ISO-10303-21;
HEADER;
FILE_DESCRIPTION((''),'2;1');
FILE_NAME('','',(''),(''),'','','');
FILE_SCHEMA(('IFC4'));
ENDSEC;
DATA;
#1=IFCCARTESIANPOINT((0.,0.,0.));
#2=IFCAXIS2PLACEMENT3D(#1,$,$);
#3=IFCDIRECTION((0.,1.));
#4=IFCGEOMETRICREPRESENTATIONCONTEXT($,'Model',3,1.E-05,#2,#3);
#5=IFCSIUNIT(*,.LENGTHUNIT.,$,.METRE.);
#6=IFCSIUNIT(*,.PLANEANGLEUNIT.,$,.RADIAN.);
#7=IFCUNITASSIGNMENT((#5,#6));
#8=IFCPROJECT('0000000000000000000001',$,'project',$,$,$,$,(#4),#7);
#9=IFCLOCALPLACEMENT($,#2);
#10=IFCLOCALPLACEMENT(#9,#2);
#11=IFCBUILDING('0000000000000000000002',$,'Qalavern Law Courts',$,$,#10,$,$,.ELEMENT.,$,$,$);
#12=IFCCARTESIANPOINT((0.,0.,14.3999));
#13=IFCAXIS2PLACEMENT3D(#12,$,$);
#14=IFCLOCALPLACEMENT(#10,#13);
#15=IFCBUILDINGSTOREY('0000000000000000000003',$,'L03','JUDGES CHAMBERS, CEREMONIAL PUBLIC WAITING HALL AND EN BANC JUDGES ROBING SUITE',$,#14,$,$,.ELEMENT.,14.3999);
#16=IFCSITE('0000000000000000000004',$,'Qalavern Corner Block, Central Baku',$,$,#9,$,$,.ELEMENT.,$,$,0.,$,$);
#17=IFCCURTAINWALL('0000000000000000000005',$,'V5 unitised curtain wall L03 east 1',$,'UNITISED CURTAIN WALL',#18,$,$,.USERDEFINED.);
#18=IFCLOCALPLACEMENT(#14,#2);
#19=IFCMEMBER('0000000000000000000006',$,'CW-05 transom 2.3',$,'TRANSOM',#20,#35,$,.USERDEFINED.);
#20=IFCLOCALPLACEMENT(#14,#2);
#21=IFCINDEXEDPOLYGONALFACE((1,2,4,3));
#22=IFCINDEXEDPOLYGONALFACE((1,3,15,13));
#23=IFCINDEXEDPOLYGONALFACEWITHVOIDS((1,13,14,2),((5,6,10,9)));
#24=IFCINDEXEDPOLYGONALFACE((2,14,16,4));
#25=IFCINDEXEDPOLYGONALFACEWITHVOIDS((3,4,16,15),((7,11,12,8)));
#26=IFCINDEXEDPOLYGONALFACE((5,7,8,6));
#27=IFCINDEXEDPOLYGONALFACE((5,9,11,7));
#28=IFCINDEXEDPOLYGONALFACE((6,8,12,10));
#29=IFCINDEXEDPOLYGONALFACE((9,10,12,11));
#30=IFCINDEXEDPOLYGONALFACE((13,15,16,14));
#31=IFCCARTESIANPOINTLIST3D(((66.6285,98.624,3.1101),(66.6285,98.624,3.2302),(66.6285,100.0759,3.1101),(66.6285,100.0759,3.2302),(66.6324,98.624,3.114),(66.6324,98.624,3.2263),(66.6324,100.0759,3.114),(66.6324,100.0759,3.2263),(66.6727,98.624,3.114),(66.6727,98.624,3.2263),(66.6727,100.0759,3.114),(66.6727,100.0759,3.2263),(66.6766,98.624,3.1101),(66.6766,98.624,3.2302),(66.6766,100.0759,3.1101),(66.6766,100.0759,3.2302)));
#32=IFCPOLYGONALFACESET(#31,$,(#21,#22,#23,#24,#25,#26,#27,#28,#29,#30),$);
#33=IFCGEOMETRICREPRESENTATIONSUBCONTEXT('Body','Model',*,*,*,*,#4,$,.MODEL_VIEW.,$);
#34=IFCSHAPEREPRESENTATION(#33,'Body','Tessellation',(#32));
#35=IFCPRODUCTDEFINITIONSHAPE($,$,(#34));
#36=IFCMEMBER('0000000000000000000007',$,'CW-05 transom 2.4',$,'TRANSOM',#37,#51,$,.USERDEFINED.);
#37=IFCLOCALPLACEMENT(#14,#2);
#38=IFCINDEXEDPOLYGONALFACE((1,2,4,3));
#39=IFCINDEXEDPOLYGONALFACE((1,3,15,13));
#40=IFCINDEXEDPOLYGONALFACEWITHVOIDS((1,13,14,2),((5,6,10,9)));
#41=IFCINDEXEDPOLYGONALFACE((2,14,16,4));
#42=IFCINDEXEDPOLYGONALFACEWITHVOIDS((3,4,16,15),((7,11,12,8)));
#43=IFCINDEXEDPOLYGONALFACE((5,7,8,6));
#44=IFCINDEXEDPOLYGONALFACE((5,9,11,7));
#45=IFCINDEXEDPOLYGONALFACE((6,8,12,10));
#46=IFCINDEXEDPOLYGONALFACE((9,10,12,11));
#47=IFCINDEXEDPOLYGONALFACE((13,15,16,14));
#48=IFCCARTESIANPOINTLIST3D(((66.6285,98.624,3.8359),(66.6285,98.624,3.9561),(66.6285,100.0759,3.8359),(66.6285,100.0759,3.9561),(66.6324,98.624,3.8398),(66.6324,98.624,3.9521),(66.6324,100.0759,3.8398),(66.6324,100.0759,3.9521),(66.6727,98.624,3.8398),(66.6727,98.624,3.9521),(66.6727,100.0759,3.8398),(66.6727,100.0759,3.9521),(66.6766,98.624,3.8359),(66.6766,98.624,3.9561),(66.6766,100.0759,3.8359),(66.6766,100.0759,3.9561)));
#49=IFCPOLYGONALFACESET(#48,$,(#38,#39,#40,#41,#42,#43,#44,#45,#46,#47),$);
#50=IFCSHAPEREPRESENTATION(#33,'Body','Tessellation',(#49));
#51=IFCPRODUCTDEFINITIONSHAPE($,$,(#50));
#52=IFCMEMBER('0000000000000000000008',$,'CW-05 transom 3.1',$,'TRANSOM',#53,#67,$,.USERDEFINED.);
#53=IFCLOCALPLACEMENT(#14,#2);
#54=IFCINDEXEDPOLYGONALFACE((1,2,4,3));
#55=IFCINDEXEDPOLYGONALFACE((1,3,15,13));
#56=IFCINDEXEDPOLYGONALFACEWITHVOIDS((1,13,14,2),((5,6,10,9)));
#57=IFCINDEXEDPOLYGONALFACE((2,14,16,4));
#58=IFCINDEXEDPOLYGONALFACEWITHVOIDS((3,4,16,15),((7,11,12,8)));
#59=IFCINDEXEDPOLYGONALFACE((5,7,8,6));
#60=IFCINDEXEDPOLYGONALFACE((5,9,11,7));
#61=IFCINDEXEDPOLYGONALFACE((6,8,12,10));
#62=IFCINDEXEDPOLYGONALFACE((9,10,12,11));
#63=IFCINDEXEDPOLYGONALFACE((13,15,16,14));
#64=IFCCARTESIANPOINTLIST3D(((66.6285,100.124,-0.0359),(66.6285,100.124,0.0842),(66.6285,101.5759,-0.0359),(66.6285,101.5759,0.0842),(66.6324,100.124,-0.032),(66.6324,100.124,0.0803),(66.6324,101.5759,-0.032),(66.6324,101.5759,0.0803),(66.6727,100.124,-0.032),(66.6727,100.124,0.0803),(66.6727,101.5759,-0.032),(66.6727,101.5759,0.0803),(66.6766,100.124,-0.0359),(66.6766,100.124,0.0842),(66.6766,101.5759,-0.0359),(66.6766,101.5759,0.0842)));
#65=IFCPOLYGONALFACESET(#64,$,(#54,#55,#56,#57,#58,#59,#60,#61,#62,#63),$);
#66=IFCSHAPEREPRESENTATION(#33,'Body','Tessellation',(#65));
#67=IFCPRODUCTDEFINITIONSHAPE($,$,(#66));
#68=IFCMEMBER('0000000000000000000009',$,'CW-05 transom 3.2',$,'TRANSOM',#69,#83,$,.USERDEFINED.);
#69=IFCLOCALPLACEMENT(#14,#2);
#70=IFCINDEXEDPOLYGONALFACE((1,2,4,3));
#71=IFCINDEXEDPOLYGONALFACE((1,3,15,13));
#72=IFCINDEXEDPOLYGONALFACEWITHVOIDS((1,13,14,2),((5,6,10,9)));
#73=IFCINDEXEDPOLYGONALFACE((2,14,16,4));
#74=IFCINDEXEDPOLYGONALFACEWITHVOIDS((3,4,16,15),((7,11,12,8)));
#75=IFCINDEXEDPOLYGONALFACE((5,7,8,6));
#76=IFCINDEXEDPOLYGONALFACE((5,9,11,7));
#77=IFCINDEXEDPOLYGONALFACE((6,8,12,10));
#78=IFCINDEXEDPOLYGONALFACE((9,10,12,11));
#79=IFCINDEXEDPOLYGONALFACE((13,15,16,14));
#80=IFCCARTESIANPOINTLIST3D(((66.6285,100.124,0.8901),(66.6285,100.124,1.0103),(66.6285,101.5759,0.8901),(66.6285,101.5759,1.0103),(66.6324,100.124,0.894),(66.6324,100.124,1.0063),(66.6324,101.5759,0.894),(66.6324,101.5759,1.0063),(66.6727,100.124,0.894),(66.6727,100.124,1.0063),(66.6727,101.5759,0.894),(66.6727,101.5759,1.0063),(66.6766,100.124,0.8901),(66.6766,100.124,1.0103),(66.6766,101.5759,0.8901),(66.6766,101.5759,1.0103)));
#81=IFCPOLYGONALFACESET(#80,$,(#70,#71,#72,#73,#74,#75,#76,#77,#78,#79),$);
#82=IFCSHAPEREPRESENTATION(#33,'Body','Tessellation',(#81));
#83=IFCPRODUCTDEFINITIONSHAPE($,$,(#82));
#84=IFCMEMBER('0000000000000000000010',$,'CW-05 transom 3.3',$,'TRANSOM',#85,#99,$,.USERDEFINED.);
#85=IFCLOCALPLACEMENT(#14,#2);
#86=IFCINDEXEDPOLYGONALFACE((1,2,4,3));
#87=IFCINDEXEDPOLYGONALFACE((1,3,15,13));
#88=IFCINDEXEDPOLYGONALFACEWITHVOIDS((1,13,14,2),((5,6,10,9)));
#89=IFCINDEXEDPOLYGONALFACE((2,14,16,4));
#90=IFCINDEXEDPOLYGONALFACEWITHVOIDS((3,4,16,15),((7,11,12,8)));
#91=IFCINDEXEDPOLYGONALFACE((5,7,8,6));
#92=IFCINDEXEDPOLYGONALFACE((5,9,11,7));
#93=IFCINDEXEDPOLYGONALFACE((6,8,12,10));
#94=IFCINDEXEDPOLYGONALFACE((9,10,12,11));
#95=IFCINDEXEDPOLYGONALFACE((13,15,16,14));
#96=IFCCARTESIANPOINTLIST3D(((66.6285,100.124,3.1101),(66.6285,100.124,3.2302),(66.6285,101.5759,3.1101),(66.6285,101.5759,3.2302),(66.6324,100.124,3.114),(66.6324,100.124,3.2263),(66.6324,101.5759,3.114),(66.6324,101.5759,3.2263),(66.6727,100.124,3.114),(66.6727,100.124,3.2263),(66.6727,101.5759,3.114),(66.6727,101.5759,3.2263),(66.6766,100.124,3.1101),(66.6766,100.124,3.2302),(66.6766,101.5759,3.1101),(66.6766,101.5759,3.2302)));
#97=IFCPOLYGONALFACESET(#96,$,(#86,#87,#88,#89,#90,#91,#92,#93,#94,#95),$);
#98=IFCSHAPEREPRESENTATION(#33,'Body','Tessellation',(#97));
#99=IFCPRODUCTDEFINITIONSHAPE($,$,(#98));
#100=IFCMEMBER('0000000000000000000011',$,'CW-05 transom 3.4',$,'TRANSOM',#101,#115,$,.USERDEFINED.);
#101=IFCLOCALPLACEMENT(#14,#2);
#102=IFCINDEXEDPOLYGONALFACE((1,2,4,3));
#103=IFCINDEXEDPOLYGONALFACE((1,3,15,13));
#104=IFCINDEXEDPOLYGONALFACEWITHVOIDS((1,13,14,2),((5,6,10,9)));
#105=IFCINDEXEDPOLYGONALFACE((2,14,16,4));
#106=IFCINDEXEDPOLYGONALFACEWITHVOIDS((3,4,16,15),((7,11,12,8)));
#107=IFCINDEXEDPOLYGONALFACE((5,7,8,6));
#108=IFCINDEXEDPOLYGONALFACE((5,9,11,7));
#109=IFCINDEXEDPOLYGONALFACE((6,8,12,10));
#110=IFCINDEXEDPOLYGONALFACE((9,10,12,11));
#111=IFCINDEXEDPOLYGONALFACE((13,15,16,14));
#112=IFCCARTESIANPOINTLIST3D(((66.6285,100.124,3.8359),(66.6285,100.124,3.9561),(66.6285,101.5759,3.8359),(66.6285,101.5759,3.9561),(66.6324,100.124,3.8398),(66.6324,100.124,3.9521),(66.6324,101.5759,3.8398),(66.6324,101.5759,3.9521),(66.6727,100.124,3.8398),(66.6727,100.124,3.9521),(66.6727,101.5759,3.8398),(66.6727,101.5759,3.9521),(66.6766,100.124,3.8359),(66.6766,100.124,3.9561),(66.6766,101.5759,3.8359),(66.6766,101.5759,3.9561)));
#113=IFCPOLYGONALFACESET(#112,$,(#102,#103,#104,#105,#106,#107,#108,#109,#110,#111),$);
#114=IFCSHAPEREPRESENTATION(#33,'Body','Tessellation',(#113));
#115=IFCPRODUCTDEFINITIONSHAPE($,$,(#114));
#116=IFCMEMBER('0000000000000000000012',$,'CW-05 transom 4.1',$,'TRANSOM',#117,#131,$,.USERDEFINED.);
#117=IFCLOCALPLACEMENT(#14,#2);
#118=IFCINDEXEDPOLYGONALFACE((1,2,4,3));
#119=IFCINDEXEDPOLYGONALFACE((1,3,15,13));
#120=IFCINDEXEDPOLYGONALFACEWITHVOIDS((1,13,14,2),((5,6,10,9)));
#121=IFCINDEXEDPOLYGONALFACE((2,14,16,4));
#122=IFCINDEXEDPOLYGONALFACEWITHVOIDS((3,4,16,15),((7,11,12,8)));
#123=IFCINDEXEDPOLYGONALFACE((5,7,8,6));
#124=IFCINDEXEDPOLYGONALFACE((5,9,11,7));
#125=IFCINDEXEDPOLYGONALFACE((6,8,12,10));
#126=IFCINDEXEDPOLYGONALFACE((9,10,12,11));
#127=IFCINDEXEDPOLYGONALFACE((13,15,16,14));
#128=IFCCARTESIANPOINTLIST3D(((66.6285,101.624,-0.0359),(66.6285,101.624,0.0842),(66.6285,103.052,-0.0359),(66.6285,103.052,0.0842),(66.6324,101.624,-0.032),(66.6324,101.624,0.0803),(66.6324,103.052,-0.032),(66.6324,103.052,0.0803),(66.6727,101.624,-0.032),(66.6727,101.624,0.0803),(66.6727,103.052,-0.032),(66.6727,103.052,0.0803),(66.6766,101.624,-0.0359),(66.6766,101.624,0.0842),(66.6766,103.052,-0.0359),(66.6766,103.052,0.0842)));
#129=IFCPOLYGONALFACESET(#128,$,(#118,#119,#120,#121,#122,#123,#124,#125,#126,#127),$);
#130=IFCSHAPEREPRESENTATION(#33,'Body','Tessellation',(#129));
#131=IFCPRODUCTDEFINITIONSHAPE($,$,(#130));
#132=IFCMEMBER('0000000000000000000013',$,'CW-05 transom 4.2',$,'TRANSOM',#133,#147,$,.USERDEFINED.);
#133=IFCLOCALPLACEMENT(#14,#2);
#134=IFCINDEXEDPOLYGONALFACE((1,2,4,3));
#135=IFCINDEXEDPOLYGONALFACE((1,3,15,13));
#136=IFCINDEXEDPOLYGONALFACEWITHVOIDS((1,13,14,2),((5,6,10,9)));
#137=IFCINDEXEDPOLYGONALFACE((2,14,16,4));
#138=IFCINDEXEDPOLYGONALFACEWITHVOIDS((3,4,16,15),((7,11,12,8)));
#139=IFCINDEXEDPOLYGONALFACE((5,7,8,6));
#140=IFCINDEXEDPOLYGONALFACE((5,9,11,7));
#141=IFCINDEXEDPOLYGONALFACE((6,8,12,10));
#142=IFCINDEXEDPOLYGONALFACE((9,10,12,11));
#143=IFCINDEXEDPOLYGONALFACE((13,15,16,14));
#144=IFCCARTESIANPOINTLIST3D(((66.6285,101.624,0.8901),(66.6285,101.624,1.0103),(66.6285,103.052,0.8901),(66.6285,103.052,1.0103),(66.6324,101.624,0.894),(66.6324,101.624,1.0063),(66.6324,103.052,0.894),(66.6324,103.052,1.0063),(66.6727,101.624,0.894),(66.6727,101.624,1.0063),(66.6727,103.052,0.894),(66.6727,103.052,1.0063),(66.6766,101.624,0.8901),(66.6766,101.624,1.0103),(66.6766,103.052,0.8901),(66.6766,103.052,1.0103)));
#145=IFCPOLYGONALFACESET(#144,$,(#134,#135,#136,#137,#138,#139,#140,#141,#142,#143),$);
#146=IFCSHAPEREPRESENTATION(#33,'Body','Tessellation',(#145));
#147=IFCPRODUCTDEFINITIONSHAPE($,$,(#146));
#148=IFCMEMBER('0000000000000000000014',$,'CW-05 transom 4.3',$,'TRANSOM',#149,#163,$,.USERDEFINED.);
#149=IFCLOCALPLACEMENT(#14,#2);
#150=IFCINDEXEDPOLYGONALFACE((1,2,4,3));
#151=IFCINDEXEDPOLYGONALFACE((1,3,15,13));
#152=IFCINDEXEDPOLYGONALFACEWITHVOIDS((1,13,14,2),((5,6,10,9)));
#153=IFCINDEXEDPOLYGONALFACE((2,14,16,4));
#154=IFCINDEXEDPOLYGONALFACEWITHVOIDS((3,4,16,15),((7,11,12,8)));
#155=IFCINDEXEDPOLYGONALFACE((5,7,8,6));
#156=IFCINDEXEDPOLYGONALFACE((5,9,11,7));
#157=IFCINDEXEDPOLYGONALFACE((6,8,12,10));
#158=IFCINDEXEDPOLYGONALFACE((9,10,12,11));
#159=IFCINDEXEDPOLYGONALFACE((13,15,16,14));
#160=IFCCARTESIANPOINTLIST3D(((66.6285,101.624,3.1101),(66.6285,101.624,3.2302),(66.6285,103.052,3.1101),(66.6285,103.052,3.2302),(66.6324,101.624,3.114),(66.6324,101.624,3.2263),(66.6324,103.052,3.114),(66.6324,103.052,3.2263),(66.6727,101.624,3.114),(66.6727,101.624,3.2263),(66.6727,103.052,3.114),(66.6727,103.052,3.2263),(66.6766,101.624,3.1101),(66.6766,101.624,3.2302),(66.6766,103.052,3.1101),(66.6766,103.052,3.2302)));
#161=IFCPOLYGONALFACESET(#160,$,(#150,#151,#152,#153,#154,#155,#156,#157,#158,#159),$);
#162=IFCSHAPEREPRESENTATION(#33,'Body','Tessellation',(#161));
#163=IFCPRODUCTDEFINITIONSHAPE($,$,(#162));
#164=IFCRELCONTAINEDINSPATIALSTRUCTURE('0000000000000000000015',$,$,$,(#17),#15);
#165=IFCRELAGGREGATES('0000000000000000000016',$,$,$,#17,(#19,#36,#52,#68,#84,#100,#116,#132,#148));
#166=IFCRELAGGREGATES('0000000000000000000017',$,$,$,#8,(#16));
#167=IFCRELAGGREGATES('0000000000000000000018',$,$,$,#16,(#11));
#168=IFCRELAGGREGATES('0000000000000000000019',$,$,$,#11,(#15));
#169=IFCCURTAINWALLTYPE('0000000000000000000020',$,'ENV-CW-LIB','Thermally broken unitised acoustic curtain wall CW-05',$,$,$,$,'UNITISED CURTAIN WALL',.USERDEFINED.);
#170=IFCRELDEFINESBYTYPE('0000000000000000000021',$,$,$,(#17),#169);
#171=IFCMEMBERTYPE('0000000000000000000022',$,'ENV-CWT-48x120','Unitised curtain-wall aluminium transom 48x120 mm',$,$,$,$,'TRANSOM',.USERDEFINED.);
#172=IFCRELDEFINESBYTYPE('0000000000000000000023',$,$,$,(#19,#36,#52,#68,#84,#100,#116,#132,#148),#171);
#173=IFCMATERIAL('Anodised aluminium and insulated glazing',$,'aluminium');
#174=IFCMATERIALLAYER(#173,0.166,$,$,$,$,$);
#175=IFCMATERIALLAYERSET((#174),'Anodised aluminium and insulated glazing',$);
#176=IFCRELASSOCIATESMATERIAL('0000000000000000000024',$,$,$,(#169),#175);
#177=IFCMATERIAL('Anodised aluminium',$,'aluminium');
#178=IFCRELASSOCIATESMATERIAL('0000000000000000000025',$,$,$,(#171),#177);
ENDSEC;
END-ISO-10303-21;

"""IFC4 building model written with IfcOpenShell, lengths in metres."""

from ifc_helpers import new_model, si_unit, direction, frame, origin, origin_2d, place, context, subcontext, project, spatial, hollow_rectangle, extrude, material, layer, layer_set, material_profile, profile_set, type_object, element, aggregate, save


model = new_model("IFC4")

# Units and contexts
model_context = context("Model", 3, precision=1e-05, world=origin(), true_north=direction((0.0, 1.0)))
body_context = subcontext(model_context, "Body", "Model", "MODEL_VIEW")
ifc_project = project(units=[si_unit("LENGTHUNIT", "METRE"), si_unit("PLANEANGLEUNIT", "RADIAN")], contexts=[model_context])

# Site, building, storey
site_placement = place(None, origin())
site = spatial("IfcSite", under=ifc_project, at=site_placement, Name="Qalavern Corner Block, Central Baku", CompositionType="ELEMENT", RefElevation=0.0)
building_placement = place(site_placement, origin())
building = spatial("IfcBuilding", under=site, at=building_placement, Name="Qalavern Law Courts", CompositionType="ELEMENT")
storey_placement = place(building_placement, frame((0.0, 0.0, 14.3999)))
storey = spatial("IfcBuildingStorey", under=building, at=storey_placement, Name="L03", Description="JUDGES CHAMBERS, CEREMONIAL PUBLIC WAITING HALL AND EN BANC JUDGES ROBING SUITE", CompositionType="ELEMENT", Elevation=14.3999)

# Curtain wall, members
ifc_material_1 = material(Name="Anodised aluminium and insulated glazing", Category="aluminium")
ifc_layer_1 = layer(ifc_material_1, 0.166)
ifc_layer_set_1 = layer_set([ifc_layer_1], Name="Anodised aluminium and insulated glazing")
curtain_wall_type = type_object("IfcCurtainWallType", Name="ENV-CW-LIB", Description="Thermally broken unitised acoustic curtain wall CW-05", ElementType="UNITISED CURTAIN WALL", PredefinedType="USERDEFINED", material=ifc_layer_set_1)
curtain_wall_placement = place(storey_placement, origin())
curtain_wall = element("IfcCurtainWall", 1, at=curtain_wall_placement, inside=storey, type_object=curtain_wall_type, Name="V5 unitised curtain wall L03 east 1", ObjectType="UNITISED CURTAIN WALL", PredefinedType="USERDEFINED")
ifc_material_2 = material(Name="Anodised aluminium", Category="aluminium")
ifc_material_profile_1 = material_profile(ifc_material_2, hollow_rectangle(XDim=0.0481, YDim=0.1201, WallThickness=0.0039, at=origin_2d()), Name="ALU TRANSOM 48x120")
ifc_profile_set_1 = profile_set([ifc_material_profile_1], Name="Anodised aluminium")
member_type_1 = type_object("IfcMemberType", Name="ENV-CWT-48x120", Description="Unitised curtain-wall aluminium transom 48x120 mm", ElementType="TRANSOM", PredefinedType="USERDEFINED", material=ifc_profile_set_1)
member_1_placement = place(storey_placement, frame((66.6526, 98.624, 3.1702), z_axis=(0.0, 1.0, 0.0), x_axis=(-1.0, 0.0, 0.0)))
member_1 = element("IfcMember", 2, at=member_1_placement, type_object=member_type_1, Name="CW-05 transom 2.3", ObjectType="TRANSOM", PredefinedType="USERDEFINED", context=body_context, shape_type="SweptSolid", body=[
    extrude(hollow_rectangle(XDim=0.0481, YDim=0.1201, WallThickness=0.0039, at=origin_2d()), origin(), (0.0, 0.0, 1.0), 1.4519),
])
member_2_placement = place(storey_placement, frame((66.6526, 98.624, 3.896), z_axis=(0.0, 1.0, 0.0), x_axis=(-1.0, 0.0, 0.0)))
member_2 = element("IfcMember", 3, at=member_2_placement, type_object=member_type_1, Name="CW-05 transom 2.4", ObjectType="TRANSOM", PredefinedType="USERDEFINED", context=body_context, shape_type="SweptSolid", body=[
    extrude(hollow_rectangle(XDim=0.0481, YDim=0.1201, WallThickness=0.0039, at=origin_2d()), origin(), (0.0, 0.0, 1.0), 1.4519),
])
member_3_placement = place(storey_placement, frame((66.6526, 100.124, 0.0242), z_axis=(0.0, 1.0, 0.0), x_axis=(-1.0, 0.0, 0.0)))
member_3 = element("IfcMember", 4, at=member_3_placement, type_object=member_type_1, Name="CW-05 transom 3.1", ObjectType="TRANSOM", PredefinedType="USERDEFINED", context=body_context, shape_type="SweptSolid", body=[
    extrude(hollow_rectangle(XDim=0.0481, YDim=0.1201, WallThickness=0.0039, at=origin_2d()), origin(), (0.0, 0.0, 1.0), 1.4519),
])
member_4_placement = place(storey_placement, frame((66.6526, 100.124, 0.9502), z_axis=(0.0, 1.0, 0.0), x_axis=(-1.0, 0.0, 0.0)))
member_4 = element("IfcMember", 5, at=member_4_placement, type_object=member_type_1, Name="CW-05 transom 3.2", ObjectType="TRANSOM", PredefinedType="USERDEFINED", context=body_context, shape_type="SweptSolid", body=[
    extrude(hollow_rectangle(XDim=0.0481, YDim=0.1201, WallThickness=0.0039, at=origin_2d()), origin(), (0.0, 0.0, 1.0), 1.4519),
])
member_5_placement = place(storey_placement, frame((66.6526, 100.124, 3.1702), z_axis=(0.0, 1.0, 0.0), x_axis=(-1.0, 0.0, 0.0)))
member_5 = element("IfcMember", 6, at=member_5_placement, type_object=member_type_1, Name="CW-05 transom 3.3", ObjectType="TRANSOM", PredefinedType="USERDEFINED", context=body_context, shape_type="SweptSolid", body=[
    extrude(hollow_rectangle(XDim=0.0481, YDim=0.1201, WallThickness=0.0039, at=origin_2d()), origin(), (0.0, 0.0, 1.0), 1.4519),
])
member_6_placement = place(storey_placement, frame((66.6526, 100.124, 3.896), z_axis=(0.0, 1.0, 0.0), x_axis=(-1.0, 0.0, 0.0)))
member_6 = element("IfcMember", 7, at=member_6_placement, type_object=member_type_1, Name="CW-05 transom 3.4", ObjectType="TRANSOM", PredefinedType="USERDEFINED", context=body_context, shape_type="SweptSolid", body=[
    extrude(hollow_rectangle(XDim=0.0481, YDim=0.1201, WallThickness=0.0039, at=origin_2d()), origin(), (0.0, 0.0, 1.0), 1.4519),
])
member_7_placement = place(storey_placement, frame((66.6526, 101.624, 0.0242), z_axis=(0.0, 1.0, 0.0), x_axis=(-1.0, 0.0, 0.0)))
member_7 = element("IfcMember", 8, at=member_7_placement, type_object=member_type_1, Name="CW-05 transom 4.1", ObjectType="TRANSOM", PredefinedType="USERDEFINED", context=body_context, shape_type="SweptSolid", body=[
    extrude(hollow_rectangle(XDim=0.0481, YDim=0.1201, WallThickness=0.0039, at=origin_2d()), origin(), (0.0, 0.0, 1.0), 1.428),
])
member_8_placement = place(storey_placement, frame((66.6526, 101.624, 0.9502), z_axis=(0.0, 1.0, 0.0), x_axis=(-1.0, 0.0, 0.0)))
member_8 = element("IfcMember", 9, at=member_8_placement, type_object=member_type_1, Name="CW-05 transom 4.2", ObjectType="TRANSOM", PredefinedType="USERDEFINED", context=body_context, shape_type="SweptSolid", body=[
    extrude(hollow_rectangle(XDim=0.0481, YDim=0.1201, WallThickness=0.0039, at=origin_2d()), origin(), (0.0, 0.0, 1.0), 1.428),
])
member_9_placement = place(storey_placement, frame((66.6526, 101.624, 3.1702), z_axis=(0.0, 1.0, 0.0), x_axis=(-1.0, 0.0, 0.0)))
member_9 = element("IfcMember", 10, at=member_9_placement, type_object=member_type_1, Name="CW-05 transom 4.3", ObjectType="TRANSOM", PredefinedType="USERDEFINED", context=body_context, shape_type="SweptSolid", body=[
    extrude(hollow_rectangle(XDim=0.0481, YDim=0.1201, WallThickness=0.0039, at=origin_2d()), origin(), (0.0, 0.0, 1.0), 1.428),
])

aggregate(curtain_wall, [member_1, member_2, member_3, member_4, member_5, member_6, member_7, member_8, member_9])

save(model, "model.ifc")
